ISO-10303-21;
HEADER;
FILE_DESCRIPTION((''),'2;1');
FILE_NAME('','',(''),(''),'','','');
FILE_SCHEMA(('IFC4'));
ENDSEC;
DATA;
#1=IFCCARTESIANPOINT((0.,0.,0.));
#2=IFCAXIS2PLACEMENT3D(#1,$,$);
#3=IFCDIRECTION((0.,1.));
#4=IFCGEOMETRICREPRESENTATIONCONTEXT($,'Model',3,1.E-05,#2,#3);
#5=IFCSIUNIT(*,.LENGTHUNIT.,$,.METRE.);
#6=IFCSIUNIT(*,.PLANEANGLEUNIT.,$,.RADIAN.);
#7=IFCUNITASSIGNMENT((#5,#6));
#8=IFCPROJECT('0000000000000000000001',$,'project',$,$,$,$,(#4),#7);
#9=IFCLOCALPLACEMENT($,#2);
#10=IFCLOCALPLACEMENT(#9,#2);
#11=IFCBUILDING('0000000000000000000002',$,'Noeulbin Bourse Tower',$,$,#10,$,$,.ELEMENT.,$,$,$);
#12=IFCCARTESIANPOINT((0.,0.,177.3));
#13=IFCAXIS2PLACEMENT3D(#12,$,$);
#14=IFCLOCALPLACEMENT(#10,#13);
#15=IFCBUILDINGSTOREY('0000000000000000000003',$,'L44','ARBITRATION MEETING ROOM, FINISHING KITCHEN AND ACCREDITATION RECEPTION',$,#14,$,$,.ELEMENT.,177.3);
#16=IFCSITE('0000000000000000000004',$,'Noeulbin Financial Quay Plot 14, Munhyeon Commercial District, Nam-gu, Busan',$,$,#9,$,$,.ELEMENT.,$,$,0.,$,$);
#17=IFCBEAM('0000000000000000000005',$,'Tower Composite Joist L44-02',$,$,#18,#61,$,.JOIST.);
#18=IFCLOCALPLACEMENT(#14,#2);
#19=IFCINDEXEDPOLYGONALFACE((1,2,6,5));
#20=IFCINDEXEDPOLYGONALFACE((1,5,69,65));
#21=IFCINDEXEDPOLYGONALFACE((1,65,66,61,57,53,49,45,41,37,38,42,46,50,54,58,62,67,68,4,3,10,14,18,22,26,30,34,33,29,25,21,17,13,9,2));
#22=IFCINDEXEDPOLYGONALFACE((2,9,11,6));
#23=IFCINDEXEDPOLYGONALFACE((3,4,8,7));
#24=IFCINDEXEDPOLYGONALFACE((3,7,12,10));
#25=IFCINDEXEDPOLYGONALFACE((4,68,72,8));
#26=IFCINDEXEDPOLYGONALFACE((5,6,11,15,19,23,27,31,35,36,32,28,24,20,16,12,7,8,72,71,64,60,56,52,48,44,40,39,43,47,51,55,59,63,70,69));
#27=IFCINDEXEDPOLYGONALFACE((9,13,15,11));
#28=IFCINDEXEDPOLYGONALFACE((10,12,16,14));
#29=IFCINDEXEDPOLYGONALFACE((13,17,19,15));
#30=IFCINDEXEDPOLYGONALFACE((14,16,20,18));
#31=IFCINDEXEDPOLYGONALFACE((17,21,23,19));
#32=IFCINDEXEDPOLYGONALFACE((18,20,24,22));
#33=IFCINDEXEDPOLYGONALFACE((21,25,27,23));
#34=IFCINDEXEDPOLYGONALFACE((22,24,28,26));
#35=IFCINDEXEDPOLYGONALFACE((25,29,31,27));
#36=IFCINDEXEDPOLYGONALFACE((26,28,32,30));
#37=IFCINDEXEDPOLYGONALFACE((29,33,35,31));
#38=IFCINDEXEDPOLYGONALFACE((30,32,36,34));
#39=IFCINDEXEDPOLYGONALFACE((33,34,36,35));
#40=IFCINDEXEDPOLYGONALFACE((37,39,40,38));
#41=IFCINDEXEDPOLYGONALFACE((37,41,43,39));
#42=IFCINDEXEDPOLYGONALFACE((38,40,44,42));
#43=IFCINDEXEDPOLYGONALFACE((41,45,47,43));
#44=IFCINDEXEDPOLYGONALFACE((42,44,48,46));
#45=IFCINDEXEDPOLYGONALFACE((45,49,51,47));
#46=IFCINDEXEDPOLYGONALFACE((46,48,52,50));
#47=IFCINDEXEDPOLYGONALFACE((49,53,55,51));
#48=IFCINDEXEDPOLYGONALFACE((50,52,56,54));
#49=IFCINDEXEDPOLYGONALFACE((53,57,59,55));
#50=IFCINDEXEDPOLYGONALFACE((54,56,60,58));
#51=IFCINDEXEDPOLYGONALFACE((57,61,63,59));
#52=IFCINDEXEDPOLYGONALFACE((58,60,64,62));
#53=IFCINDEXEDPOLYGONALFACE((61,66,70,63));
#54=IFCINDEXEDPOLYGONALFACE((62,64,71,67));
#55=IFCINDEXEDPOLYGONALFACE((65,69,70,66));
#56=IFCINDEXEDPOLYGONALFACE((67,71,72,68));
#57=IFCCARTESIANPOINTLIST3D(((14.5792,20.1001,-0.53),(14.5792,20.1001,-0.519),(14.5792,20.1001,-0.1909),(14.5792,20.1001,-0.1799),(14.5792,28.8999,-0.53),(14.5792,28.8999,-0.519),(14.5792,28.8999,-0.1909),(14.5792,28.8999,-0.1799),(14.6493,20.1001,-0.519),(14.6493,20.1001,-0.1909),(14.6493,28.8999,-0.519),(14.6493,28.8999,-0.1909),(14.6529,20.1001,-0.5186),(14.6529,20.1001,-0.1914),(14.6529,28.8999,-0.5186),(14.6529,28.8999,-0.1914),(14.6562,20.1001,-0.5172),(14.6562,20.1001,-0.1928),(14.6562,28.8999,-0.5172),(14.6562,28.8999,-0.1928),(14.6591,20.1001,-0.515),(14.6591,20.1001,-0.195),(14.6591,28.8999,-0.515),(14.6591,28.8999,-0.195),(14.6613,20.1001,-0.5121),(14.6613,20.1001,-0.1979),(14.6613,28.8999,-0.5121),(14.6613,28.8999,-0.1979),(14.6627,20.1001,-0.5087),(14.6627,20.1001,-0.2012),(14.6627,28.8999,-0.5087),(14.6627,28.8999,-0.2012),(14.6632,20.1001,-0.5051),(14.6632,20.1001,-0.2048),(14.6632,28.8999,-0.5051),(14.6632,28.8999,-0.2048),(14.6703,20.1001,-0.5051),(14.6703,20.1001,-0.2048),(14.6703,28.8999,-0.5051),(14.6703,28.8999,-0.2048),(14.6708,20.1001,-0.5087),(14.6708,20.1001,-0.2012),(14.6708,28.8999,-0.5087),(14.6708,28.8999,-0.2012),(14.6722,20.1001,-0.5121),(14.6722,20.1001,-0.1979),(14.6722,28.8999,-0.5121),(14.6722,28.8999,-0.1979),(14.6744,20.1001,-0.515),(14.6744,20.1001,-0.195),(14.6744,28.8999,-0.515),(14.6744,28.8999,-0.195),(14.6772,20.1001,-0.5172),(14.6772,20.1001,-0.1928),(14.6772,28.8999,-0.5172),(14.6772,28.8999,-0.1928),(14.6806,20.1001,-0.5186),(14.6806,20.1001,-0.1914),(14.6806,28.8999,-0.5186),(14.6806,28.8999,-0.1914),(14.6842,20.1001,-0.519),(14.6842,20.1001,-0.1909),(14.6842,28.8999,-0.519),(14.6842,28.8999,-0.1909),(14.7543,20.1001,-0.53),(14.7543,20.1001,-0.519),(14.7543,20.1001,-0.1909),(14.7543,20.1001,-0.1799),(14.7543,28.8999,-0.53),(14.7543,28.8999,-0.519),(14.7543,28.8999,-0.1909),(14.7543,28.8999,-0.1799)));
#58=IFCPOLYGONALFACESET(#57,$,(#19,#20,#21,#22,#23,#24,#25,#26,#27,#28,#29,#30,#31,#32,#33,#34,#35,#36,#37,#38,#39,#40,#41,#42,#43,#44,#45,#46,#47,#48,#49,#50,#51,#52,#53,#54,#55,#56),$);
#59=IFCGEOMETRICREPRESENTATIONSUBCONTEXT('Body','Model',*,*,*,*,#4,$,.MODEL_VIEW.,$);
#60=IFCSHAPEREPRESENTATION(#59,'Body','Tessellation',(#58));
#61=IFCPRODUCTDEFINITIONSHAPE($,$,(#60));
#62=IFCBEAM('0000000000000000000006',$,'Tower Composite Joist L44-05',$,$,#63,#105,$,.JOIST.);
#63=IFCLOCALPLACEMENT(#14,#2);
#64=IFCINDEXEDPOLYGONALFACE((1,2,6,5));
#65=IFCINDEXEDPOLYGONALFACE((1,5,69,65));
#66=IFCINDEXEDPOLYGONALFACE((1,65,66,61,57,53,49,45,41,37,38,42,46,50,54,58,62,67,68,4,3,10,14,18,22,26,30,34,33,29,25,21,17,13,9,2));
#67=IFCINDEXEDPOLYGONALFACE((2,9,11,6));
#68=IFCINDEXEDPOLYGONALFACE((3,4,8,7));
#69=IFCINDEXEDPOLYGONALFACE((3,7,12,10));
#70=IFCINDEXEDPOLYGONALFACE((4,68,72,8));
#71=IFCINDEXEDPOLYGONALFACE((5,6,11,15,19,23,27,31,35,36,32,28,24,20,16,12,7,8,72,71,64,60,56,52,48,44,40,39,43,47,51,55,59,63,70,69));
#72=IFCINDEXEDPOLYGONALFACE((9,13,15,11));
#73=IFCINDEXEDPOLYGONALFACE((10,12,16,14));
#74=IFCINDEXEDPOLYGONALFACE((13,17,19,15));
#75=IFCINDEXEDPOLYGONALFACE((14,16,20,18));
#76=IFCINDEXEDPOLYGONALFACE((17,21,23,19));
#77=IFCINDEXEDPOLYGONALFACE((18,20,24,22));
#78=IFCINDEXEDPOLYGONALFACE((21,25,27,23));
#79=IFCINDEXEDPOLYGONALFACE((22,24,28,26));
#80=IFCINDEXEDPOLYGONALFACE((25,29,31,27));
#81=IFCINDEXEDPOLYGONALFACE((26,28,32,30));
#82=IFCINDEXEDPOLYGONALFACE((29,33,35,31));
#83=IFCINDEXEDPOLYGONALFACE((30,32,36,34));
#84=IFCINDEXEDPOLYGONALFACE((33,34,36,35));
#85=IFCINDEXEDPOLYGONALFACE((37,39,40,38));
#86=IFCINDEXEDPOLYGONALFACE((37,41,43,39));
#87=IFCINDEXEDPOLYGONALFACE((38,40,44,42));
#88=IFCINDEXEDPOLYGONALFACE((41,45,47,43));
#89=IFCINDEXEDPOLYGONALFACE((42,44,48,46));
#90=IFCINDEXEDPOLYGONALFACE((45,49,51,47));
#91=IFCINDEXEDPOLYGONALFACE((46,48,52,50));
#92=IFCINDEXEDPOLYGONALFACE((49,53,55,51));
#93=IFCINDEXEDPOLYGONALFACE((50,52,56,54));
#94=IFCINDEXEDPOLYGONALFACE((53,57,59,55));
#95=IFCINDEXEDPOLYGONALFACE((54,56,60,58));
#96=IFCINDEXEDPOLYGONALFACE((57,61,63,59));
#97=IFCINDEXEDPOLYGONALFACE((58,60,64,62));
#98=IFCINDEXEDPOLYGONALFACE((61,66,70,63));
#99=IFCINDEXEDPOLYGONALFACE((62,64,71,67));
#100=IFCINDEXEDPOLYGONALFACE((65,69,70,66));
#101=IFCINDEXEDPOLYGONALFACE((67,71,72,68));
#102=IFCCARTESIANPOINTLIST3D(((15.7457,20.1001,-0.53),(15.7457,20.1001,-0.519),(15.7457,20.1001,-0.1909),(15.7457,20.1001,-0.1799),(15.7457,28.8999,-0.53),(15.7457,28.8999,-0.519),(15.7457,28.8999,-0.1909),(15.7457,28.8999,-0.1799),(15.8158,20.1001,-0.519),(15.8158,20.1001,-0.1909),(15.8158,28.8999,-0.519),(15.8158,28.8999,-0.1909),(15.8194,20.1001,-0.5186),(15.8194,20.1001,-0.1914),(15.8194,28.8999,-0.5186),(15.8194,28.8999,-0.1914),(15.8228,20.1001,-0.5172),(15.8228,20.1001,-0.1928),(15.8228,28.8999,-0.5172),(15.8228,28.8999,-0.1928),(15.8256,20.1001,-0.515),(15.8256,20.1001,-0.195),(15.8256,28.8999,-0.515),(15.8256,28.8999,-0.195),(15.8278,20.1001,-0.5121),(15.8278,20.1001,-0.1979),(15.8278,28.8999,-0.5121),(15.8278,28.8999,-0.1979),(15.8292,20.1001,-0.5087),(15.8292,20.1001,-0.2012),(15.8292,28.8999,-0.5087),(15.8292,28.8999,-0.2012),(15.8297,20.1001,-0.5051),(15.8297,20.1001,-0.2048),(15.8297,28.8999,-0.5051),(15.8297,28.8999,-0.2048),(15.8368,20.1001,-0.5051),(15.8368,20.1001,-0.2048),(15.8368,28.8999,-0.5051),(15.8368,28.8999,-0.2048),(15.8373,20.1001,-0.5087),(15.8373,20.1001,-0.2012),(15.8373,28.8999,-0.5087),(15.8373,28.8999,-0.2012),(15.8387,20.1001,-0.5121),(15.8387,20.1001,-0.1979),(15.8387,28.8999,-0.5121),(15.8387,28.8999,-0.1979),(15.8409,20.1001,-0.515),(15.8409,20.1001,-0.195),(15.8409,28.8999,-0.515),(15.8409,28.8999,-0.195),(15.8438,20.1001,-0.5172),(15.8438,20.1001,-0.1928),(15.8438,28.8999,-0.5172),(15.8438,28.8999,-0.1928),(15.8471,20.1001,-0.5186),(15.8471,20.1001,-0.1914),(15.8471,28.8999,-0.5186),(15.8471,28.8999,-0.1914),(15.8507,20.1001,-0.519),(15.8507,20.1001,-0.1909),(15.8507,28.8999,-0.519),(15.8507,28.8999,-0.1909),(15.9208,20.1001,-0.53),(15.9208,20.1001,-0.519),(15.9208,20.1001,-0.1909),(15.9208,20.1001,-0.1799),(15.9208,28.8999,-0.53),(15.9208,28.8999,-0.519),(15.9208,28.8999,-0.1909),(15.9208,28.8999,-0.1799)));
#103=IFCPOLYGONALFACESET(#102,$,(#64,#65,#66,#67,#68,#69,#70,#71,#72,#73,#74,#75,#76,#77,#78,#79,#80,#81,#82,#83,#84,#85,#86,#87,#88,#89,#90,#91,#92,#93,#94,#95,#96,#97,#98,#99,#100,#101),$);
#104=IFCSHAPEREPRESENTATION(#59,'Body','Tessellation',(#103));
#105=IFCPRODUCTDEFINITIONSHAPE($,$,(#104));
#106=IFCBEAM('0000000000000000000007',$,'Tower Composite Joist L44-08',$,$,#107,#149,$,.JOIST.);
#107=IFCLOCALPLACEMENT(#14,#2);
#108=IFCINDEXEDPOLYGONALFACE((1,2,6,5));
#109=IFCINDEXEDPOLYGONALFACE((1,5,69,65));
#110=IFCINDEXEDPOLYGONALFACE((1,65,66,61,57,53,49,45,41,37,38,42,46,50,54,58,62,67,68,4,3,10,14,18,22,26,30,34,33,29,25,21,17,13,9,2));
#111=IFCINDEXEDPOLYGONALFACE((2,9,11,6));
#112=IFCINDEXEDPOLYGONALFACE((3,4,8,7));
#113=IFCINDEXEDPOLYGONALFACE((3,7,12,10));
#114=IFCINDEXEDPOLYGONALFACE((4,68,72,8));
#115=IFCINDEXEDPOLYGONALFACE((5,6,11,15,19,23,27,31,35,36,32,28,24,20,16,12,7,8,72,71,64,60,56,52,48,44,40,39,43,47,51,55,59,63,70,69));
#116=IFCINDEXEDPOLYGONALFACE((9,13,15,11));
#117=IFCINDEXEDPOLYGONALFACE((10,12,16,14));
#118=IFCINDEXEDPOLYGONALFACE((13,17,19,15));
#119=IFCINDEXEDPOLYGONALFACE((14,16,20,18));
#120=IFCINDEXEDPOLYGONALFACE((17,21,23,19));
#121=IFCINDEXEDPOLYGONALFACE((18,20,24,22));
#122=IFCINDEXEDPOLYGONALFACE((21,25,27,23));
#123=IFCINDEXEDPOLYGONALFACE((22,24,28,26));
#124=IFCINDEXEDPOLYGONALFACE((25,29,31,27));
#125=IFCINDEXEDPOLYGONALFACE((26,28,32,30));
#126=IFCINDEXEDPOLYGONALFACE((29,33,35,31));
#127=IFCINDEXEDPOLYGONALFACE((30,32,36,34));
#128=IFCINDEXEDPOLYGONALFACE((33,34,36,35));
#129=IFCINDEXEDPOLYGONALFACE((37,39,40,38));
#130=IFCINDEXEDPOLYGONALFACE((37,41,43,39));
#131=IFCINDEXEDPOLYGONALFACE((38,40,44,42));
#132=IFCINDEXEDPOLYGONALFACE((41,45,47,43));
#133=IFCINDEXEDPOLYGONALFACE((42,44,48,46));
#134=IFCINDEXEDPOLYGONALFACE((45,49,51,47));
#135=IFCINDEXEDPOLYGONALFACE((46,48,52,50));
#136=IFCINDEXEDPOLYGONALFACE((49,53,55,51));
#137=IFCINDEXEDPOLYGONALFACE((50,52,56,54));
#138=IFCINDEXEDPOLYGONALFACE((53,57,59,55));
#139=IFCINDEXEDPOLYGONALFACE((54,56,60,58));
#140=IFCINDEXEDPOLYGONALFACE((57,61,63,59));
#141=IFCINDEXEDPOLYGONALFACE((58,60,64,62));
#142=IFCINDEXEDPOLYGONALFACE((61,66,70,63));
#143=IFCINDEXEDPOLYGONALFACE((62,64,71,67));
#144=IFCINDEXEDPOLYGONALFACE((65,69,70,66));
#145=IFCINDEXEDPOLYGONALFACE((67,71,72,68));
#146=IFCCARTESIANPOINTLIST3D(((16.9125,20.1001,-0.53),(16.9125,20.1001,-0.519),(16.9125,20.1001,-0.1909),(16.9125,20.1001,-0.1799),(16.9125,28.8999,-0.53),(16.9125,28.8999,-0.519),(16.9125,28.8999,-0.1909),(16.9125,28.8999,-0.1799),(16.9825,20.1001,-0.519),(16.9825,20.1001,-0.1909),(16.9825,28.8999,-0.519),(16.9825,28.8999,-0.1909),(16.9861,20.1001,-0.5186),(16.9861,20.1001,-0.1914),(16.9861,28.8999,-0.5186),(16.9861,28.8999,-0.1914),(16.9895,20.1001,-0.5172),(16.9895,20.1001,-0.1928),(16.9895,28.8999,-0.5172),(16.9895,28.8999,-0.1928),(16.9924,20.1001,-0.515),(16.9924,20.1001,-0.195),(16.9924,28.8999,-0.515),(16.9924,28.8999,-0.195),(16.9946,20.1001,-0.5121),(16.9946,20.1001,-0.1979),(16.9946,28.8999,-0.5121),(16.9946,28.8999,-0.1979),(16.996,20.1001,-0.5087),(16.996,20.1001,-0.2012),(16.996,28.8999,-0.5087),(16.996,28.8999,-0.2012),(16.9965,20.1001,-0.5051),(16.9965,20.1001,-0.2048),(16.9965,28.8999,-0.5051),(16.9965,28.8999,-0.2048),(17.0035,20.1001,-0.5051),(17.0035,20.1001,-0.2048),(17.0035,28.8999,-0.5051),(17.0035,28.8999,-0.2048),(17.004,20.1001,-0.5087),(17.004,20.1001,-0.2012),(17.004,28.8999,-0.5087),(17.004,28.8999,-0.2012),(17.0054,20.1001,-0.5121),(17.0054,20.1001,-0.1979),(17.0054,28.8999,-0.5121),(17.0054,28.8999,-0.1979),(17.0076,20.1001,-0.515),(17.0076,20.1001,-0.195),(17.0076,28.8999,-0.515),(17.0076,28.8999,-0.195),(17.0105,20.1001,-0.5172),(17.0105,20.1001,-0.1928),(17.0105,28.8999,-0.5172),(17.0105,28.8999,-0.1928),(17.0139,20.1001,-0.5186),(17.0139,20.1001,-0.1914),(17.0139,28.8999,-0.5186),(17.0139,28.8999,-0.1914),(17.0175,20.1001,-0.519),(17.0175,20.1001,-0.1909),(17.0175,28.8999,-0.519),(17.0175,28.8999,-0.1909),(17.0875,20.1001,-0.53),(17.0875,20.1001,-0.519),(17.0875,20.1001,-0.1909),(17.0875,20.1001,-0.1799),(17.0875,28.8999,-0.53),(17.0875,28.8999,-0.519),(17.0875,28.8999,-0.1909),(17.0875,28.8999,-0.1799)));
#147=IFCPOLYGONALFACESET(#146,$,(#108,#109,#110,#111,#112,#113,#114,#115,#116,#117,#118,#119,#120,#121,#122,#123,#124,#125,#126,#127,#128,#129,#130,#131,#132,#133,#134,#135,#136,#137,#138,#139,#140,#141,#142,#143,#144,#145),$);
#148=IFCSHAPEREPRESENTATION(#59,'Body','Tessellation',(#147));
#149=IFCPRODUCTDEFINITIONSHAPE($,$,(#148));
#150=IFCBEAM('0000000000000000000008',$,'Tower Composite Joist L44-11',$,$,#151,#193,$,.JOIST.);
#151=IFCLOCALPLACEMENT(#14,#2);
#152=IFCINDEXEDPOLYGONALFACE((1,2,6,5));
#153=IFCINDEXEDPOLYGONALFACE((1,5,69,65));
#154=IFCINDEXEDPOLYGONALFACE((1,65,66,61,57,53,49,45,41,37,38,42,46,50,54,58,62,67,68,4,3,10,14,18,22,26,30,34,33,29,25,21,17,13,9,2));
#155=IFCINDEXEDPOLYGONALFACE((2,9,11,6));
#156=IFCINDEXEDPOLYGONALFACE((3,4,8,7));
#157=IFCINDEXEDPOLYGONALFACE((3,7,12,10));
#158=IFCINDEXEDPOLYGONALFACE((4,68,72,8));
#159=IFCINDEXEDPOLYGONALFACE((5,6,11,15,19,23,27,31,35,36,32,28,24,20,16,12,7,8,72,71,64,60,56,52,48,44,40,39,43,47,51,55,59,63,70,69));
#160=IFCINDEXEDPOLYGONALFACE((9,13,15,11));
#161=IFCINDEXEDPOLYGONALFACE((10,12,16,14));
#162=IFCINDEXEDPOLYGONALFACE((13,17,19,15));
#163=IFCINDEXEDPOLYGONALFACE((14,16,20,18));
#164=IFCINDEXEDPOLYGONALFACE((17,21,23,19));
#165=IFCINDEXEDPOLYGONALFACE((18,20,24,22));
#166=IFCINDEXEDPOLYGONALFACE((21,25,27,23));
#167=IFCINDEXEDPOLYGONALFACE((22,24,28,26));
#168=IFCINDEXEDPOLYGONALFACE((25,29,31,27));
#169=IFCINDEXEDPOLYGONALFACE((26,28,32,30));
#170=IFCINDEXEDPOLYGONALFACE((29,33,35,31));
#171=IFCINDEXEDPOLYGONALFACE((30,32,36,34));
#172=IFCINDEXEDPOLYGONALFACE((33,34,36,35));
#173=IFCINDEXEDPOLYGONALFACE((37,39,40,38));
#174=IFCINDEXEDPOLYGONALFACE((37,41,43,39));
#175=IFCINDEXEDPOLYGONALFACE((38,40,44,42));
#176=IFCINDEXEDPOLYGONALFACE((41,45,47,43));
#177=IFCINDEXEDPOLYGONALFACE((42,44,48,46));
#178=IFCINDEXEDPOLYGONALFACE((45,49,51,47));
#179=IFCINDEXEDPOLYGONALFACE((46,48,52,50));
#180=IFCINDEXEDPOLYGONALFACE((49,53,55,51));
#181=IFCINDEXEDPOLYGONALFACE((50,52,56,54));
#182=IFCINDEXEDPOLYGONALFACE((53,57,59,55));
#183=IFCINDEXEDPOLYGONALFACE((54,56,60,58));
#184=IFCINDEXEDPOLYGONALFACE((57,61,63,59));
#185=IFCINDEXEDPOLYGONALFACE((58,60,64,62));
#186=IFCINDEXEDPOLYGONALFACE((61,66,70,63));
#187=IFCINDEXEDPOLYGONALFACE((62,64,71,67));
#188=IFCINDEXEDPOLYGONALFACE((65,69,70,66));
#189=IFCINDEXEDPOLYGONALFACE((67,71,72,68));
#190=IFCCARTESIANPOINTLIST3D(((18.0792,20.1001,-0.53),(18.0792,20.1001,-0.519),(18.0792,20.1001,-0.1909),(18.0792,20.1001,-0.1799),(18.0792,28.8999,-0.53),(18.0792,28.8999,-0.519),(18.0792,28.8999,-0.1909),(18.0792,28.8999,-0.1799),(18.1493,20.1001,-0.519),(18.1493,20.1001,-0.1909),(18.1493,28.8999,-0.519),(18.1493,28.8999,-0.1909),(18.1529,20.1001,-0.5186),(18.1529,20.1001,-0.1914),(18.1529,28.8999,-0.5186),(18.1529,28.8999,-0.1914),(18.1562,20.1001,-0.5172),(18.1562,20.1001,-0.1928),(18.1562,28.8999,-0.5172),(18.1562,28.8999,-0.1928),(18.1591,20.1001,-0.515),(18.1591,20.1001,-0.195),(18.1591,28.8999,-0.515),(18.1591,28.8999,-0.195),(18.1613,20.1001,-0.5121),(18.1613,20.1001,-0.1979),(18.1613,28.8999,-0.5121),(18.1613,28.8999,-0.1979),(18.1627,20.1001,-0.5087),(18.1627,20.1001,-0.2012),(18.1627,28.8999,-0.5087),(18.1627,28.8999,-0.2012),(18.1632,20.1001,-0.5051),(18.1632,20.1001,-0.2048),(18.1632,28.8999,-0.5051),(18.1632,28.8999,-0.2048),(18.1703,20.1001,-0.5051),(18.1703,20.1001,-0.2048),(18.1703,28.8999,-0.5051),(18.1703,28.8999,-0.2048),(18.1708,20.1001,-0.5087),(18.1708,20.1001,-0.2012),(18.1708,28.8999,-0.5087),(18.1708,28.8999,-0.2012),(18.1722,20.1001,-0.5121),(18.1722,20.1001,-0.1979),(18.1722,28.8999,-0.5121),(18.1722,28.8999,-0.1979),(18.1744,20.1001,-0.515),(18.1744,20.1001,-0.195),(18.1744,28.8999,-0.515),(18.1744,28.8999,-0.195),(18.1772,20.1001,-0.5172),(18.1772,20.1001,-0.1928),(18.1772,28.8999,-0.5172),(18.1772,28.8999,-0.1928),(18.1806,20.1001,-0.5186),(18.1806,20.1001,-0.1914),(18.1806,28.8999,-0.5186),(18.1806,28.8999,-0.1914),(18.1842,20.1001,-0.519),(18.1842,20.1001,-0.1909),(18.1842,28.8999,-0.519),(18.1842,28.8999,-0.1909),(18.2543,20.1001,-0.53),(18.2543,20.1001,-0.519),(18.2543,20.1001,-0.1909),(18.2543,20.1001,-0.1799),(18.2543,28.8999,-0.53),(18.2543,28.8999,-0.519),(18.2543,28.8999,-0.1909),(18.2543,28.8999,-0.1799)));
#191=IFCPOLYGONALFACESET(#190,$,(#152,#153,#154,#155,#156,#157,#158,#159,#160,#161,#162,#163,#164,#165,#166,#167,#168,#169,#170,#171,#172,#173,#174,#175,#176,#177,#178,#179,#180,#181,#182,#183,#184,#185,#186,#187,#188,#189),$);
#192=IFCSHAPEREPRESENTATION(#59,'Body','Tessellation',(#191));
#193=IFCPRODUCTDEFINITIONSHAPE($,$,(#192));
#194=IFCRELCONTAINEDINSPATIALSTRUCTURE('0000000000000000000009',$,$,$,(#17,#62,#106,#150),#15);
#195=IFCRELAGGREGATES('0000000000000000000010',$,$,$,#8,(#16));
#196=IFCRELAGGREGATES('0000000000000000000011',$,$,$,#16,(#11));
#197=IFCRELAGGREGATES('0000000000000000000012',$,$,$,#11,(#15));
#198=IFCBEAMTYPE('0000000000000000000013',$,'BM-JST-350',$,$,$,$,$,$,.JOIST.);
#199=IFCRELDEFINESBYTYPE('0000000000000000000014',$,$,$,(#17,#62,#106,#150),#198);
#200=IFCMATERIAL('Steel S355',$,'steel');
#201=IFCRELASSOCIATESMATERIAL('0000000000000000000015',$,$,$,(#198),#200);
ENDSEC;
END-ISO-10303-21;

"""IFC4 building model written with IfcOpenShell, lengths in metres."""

from ifc_helpers import new_model, si_unit, direction, frame, origin, origin_2d, place, context, subcontext, project, spatial, i_section, extrude, material, material_profile, profile_set, type_object, element, save


model = new_model("IFC4")

# Units and contexts
model_context = context("Model", 3, precision=1e-05, world=origin(), true_north=direction((0.0, 1.0)))
body_context = subcontext(model_context, "Body", "Model", "MODEL_VIEW")
ifc_project = project(units=[si_unit("LENGTHUNIT", "METRE"), si_unit("PLANEANGLEUNIT", "RADIAN")], contexts=[model_context])

# Site, building, storey
site_placement = place(None, origin())
site = spatial("IfcSite", under=ifc_project, at=site_placement, Name="Noeulbin Financial Quay Plot 14, Munhyeon Commercial District, Nam-gu, Busan", CompositionType="ELEMENT", RefElevation=0.0)
building_placement = place(site_placement, origin())
building = spatial("IfcBuilding", under=site, at=building_placement, Name="Noeulbin Bourse Tower", CompositionType="ELEMENT")
storey_placement = place(building_placement, frame((0.0, 0.0, 177.3)))
storey = spatial("IfcBuildingStorey", under=building, at=storey_placement, Name="L44", Description="ARBITRATION MEETING ROOM, FINISHING KITCHEN AND ACCREDITATION RECEPTION", CompositionType="ELEMENT", Elevation=177.3)

# Shared definitions
ifc_material_1 = material(Name="Steel S355", Category="steel")

# Beams
ifc_material_profile_1 = material_profile(ifc_material_1, i_section(OverallWidth=0.175, OverallDepth=0.3501, WebThickness=0.0071, FlangeThickness=0.011, FilletRadius=0.0139, at=origin_2d()), Name="H-350x175x7x11", Category="LoadBearing")
ifc_profile_set_1 = profile_set([ifc_material_profile_1], Name="Steel S355")
beam_type_1 = type_object("IfcBeamType", Name="BM-JST-350", PredefinedType="JOIST", material=ifc_profile_set_1)
for number, where, z_axis, x_axis, name in (
    (1, (14.6667, 20.1001, -0.355), (0.0, 1.0, 0.0), (-1.0, 0.0, 0.0), "Tower Composite Joist L44-02"),
    (2, (15.8333, 20.1001, -0.355), (0.0, 1.0, 0.0), (-1.0, 0.0, 0.0), "Tower Composite Joist L44-05"),
    (3, (17.0, 20.1001, -0.355), (0.0, 1.0, 0.0), (-1.0, 0.0, 0.0), "Tower Composite Joist L44-08"),
    (4, (18.1667, 20.1001, -0.355), (0.0, 1.0, 0.0), (-1.0, 0.0, 0.0), "Tower Composite Joist L44-11"),
):
    element("IfcBeam", number, at=place(storey_placement, frame(where, z_axis=z_axis, x_axis=x_axis)), inside=storey, type_object=beam_type_1, Name=name, PredefinedType="JOIST", context=body_context, shape_type="SweptSolid", body=[
        extrude(i_section(OverallWidth=0.175, OverallDepth=0.3501, WebThickness=0.0071, FlangeThickness=0.011, FilletRadius=0.0139, at=origin_2d()), origin(), (0.0, 0.0, 1.0), 8.7998),
    ])

save(model, "model.ifc")
